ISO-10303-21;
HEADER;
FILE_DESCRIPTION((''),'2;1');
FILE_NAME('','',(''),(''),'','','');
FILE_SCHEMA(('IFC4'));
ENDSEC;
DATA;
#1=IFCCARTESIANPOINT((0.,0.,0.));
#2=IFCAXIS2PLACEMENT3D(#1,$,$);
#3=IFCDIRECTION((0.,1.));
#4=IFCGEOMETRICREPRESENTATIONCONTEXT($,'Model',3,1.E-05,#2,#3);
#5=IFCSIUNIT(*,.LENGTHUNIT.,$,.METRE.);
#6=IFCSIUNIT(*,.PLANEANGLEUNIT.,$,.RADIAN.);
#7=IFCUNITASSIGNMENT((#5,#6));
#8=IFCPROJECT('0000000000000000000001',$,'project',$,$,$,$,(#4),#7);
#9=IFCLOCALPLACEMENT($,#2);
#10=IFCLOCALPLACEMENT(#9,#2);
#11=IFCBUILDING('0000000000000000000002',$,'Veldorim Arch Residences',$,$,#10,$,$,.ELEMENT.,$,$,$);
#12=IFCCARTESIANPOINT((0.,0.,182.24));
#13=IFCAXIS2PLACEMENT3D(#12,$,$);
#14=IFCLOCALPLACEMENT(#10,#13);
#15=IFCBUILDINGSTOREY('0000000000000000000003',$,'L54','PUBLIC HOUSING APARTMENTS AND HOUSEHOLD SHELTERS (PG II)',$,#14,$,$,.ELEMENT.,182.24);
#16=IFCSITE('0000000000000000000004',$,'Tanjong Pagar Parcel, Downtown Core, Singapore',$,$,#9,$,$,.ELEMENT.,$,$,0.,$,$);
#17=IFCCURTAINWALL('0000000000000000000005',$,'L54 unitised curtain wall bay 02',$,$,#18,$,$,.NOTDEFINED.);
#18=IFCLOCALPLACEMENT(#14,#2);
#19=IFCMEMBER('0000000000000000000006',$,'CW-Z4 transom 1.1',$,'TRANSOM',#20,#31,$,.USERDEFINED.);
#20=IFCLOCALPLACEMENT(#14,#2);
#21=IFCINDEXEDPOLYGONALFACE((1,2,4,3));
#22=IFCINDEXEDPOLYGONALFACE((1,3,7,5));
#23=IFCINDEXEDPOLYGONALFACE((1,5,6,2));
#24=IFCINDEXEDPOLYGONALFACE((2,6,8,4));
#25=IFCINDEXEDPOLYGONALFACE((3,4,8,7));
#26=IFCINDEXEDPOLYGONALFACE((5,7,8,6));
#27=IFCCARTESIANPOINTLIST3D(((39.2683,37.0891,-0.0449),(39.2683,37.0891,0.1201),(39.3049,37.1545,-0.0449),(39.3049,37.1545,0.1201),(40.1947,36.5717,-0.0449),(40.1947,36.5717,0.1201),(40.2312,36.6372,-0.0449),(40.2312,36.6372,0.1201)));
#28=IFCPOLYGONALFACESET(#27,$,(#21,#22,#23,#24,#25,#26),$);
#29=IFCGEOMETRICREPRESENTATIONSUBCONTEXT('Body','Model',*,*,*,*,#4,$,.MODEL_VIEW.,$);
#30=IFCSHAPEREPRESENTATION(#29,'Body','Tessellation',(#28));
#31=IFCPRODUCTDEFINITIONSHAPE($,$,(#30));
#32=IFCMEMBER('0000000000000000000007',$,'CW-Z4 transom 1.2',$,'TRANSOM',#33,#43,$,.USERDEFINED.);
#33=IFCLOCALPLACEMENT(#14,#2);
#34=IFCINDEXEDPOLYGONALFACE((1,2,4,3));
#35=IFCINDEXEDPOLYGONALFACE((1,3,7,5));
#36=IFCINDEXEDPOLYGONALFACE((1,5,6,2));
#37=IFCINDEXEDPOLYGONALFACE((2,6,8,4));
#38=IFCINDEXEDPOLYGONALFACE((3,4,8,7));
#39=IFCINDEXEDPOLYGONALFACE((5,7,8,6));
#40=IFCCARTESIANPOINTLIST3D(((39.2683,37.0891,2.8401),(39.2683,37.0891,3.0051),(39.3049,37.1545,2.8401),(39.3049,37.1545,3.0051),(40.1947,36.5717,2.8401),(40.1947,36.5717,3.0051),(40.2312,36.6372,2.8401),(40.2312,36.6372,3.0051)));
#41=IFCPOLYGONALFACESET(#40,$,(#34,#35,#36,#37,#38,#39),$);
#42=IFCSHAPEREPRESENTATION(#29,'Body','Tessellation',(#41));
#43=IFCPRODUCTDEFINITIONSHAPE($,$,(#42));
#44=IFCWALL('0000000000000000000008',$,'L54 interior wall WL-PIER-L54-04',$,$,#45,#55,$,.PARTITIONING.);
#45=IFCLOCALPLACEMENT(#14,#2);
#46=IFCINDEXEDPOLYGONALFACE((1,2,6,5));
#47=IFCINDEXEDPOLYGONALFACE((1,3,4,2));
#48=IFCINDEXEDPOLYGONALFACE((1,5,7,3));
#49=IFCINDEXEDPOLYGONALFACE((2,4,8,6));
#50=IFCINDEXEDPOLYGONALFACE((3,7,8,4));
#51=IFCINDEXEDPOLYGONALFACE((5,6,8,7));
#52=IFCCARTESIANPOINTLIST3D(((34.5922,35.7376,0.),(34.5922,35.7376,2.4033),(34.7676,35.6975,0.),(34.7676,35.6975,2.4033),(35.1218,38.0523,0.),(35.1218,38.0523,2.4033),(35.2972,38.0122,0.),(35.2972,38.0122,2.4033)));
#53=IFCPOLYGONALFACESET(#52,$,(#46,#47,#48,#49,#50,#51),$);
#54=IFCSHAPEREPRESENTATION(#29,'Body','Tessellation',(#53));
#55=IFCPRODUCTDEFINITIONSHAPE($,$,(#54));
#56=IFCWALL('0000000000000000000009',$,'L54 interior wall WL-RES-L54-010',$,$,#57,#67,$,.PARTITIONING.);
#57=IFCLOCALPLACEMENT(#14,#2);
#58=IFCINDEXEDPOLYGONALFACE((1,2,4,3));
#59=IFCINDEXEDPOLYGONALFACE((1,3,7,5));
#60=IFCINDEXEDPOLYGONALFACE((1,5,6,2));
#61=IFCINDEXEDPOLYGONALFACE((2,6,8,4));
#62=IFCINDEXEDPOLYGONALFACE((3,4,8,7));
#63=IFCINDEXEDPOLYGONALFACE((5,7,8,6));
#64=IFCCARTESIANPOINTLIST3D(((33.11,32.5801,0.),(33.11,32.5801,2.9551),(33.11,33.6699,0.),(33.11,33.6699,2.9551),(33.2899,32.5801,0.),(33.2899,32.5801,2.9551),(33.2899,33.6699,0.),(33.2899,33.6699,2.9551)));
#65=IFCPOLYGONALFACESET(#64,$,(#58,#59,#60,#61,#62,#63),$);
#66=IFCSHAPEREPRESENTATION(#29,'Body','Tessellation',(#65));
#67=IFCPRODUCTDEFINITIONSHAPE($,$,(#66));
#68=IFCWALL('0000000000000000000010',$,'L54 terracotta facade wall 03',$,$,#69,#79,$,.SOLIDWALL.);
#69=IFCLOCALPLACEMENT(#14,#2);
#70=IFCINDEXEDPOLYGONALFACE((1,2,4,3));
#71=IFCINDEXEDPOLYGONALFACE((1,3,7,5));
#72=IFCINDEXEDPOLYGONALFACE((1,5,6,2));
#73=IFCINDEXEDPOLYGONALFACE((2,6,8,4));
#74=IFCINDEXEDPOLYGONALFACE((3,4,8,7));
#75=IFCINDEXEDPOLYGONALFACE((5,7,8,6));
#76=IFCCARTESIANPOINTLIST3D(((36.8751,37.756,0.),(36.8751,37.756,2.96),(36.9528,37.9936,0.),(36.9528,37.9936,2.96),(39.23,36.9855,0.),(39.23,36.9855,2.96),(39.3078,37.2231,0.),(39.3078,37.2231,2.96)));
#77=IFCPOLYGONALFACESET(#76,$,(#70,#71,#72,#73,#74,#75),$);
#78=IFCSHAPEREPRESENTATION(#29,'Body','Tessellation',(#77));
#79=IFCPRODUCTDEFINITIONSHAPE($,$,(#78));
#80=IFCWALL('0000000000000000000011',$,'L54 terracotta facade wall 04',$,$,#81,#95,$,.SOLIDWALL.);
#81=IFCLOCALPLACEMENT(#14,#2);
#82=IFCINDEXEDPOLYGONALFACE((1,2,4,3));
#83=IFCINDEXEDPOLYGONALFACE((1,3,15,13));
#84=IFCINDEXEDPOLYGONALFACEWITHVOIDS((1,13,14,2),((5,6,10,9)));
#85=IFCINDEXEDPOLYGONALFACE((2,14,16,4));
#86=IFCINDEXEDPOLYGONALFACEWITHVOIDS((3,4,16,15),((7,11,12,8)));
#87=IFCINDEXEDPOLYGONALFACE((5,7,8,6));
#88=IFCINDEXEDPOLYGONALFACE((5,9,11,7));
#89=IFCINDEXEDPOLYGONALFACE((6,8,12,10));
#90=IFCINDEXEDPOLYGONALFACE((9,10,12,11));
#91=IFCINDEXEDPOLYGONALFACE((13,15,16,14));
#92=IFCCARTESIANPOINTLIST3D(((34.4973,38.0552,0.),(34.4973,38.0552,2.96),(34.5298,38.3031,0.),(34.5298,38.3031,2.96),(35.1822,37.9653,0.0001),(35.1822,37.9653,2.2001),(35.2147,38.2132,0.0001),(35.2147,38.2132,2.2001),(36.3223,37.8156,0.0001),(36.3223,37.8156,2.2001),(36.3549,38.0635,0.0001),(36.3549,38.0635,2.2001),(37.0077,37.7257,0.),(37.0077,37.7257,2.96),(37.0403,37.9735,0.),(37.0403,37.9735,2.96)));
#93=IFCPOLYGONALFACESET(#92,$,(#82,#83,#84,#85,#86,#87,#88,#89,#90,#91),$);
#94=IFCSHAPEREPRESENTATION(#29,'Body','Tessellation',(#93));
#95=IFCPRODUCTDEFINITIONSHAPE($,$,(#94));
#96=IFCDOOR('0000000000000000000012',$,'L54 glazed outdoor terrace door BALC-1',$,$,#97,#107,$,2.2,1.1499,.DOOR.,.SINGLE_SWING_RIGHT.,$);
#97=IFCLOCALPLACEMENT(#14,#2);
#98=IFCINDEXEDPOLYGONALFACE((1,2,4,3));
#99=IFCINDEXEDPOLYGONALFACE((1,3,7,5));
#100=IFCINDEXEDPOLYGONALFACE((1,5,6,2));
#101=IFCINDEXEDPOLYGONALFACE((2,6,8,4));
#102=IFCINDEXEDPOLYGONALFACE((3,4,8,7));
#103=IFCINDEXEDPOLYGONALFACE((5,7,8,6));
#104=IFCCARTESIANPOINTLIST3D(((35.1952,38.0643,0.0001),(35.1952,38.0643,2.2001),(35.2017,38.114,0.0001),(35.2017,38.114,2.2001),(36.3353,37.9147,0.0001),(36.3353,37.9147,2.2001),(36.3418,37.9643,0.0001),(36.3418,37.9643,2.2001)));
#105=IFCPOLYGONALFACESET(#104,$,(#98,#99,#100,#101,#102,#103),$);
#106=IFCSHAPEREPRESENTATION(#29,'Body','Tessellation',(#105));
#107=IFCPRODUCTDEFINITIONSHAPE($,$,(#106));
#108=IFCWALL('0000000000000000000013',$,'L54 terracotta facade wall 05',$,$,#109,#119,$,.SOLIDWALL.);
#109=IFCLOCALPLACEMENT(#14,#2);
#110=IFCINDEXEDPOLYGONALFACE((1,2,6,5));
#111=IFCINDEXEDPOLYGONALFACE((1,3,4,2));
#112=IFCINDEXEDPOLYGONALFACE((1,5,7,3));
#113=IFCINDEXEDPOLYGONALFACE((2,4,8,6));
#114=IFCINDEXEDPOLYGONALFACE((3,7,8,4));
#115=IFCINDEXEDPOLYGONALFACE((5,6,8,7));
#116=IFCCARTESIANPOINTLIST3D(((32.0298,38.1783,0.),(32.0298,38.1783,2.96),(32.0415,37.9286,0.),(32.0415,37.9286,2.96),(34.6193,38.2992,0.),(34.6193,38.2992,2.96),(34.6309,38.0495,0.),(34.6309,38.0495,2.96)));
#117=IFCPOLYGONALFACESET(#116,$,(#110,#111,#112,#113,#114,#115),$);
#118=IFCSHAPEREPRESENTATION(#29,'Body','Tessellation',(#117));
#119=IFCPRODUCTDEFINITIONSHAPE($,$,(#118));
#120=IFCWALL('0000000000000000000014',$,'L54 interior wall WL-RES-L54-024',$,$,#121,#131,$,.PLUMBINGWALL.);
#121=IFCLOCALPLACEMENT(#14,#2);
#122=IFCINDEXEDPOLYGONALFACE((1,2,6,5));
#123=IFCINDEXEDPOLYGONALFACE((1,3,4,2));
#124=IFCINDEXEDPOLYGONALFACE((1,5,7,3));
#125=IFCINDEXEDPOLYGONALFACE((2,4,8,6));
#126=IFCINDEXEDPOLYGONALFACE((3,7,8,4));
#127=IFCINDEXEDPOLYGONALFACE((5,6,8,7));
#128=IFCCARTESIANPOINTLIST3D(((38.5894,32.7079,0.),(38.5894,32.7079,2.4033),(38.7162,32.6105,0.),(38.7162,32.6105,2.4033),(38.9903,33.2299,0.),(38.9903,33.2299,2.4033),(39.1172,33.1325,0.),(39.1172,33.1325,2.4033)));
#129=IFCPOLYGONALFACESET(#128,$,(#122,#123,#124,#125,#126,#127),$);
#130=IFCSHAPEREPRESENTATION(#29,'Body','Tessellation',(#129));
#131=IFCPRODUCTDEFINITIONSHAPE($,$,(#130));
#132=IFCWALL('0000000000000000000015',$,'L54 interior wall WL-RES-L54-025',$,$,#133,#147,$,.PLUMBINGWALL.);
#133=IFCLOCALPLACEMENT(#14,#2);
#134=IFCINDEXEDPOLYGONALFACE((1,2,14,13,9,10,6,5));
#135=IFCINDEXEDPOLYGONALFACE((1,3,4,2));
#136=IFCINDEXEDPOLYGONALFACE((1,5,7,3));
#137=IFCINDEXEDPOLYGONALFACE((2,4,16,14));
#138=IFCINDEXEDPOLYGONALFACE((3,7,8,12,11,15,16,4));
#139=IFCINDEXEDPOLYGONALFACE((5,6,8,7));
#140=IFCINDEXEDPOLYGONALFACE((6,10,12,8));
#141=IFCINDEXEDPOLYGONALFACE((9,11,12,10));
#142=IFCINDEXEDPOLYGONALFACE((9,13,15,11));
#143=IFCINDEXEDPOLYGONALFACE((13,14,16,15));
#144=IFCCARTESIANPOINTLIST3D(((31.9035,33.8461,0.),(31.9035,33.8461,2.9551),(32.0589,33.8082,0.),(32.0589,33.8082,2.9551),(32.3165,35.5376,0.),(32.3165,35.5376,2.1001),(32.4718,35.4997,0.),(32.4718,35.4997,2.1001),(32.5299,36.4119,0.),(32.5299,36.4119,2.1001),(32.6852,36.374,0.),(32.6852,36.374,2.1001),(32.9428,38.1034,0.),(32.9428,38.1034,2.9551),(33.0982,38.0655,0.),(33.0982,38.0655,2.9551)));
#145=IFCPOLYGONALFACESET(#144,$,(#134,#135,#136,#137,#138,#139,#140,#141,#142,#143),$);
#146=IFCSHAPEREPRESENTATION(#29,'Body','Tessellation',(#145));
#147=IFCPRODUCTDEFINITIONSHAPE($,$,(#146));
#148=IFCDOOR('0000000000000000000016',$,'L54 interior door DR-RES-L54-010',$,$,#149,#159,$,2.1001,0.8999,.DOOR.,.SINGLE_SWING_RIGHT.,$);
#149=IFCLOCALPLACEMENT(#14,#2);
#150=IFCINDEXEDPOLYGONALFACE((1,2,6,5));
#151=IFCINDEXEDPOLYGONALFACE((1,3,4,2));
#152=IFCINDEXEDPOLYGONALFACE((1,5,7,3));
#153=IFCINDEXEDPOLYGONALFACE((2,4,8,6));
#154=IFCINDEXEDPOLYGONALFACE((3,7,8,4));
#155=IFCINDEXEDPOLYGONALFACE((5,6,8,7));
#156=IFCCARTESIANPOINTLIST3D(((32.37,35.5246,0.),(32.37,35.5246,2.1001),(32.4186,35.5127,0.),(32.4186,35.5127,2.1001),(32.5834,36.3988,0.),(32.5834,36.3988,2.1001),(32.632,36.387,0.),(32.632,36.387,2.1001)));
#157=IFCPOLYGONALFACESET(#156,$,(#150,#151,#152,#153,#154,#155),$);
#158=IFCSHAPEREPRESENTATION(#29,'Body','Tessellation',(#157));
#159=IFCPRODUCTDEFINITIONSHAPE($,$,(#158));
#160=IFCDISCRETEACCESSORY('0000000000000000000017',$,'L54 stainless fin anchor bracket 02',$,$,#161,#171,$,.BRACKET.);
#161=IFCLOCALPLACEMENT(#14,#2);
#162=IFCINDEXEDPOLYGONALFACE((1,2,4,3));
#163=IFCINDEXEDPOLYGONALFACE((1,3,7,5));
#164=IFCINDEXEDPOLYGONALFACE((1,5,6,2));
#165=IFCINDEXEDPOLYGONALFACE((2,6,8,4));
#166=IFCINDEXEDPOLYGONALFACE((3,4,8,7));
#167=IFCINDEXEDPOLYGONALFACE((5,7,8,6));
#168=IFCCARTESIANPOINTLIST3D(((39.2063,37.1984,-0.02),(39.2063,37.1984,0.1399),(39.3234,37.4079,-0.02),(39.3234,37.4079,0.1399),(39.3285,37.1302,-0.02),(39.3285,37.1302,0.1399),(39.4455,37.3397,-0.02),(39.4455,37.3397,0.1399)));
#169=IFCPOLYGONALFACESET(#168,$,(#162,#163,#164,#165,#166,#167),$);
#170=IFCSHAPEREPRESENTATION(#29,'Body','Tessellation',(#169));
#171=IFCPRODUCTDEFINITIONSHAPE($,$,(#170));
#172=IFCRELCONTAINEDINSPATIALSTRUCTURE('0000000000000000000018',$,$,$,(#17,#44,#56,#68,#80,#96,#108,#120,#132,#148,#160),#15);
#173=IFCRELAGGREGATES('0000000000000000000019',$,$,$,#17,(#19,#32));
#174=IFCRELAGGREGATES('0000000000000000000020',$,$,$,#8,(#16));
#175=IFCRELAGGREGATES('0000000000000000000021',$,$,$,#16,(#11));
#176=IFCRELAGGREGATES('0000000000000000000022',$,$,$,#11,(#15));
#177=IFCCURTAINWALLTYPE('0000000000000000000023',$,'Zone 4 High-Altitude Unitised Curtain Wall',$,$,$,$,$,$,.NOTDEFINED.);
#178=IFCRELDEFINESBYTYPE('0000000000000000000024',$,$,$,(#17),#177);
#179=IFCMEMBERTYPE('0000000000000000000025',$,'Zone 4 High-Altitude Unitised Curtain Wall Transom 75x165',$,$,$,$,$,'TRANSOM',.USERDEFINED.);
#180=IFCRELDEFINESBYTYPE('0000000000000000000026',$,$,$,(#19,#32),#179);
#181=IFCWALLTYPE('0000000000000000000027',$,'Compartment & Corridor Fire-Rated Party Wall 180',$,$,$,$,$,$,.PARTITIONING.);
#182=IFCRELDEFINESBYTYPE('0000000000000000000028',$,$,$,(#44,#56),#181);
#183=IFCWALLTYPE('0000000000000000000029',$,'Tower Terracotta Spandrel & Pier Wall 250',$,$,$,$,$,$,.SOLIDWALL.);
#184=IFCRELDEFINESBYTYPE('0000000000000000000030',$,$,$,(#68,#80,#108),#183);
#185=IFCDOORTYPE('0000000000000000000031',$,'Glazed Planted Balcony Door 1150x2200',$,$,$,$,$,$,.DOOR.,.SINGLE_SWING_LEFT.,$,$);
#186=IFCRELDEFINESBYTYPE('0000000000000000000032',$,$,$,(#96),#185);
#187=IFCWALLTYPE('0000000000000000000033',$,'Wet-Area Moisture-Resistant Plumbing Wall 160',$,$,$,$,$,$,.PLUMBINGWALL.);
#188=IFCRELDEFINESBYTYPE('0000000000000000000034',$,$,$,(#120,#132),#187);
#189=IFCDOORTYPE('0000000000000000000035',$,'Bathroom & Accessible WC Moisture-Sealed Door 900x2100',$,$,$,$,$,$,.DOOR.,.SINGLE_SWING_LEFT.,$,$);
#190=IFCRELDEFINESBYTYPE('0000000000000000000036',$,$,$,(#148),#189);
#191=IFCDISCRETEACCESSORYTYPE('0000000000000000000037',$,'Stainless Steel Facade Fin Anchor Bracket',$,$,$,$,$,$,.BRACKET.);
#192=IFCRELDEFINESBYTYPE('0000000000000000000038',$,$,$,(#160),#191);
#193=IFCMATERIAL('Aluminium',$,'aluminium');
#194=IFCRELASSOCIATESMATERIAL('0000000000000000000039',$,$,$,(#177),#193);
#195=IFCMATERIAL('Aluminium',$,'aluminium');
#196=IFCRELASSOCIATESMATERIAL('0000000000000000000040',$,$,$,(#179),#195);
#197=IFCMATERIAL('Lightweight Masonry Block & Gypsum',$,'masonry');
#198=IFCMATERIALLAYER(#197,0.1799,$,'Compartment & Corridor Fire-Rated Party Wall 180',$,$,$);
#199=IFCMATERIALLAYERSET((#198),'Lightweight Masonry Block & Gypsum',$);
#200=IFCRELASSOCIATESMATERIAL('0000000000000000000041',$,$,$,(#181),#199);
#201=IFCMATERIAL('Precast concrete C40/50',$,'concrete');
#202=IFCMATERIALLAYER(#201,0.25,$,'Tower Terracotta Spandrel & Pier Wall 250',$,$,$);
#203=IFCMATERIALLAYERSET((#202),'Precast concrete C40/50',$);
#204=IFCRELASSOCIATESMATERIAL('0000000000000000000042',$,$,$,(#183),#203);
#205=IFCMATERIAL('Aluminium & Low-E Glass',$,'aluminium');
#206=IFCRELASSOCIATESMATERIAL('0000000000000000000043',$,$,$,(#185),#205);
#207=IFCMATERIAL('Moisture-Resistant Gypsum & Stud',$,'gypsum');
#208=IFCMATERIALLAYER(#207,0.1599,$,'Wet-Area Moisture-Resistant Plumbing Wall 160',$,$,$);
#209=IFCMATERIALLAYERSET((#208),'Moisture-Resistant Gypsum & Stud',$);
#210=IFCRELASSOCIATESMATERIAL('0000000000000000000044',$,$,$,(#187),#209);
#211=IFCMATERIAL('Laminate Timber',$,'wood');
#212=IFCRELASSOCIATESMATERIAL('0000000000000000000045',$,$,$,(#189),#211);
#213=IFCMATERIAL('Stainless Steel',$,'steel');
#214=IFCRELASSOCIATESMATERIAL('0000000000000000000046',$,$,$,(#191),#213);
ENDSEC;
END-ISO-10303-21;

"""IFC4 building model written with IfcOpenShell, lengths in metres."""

from ifc_helpers import new_model, si_unit, direction, frame, frame_2d, origin, origin_2d, place, context, subcontext, project, spatial, rectangle, extrude, material, layer, layer_set, material_profile, profile_set, type_object, element, fill, aggregate, save


model = new_model("IFC4")

# Units and contexts
model_context = context("Model", 3, precision=1e-05, world=origin(), true_north=direction((0.0, 1.0)))
body_context = subcontext(model_context, "Body", "Model", "MODEL_VIEW")
ifc_project = project(units=[si_unit("LENGTHUNIT", "METRE"), si_unit("PLANEANGLEUNIT", "RADIAN")], contexts=[model_context])

# Site, building, storey
site_placement = place(None, origin())
site = spatial("IfcSite", under=ifc_project, at=site_placement, Name="Tanjong Pagar Parcel, Downtown Core, Singapore", CompositionType="ELEMENT", RefElevation=0.0)
building_placement = place(site_placement, origin())
building = spatial("IfcBuilding", under=site, at=building_placement, Name="Veldorim Arch Residences", CompositionType="ELEMENT")
storey_placement = place(building_placement, frame((0.0, 0.0, 182.24)))
storey = spatial("IfcBuildingStorey", under=building, at=storey_placement, Name="L54", Description="PUBLIC HOUSING APARTMENTS AND HOUSEHOLD SHELTERS (PG II)", CompositionType="ELEMENT", Elevation=182.24)

# Curtain wall, members
ifc_material_1 = material(Name="Aluminium", Category="aluminium")
curtain_wall_type = type_object("IfcCurtainWallType", Name="Zone 4 High-Altitude Unitised Curtain Wall", PredefinedType="NOTDEFINED", material=ifc_material_1)
curtain_wall_placement = place(storey_placement, origin())
curtain_wall = element("IfcCurtainWall", 1, at=curtain_wall_placement, inside=storey, type_object=curtain_wall_type, Name="L54 unitised curtain wall bay 02", PredefinedType="NOTDEFINED")
ifc_material_2 = material(Name="Aluminium", Category="aluminium")
ifc_material_profile_1 = material_profile(ifc_material_2, rectangle(XDim=0.075, YDim=0.165, at=origin_2d()), Name="ALU_TRN_75x165")
ifc_profile_set_1 = profile_set([ifc_material_profile_1], Name="Aluminium")
member_type_1 = type_object("IfcMemberType", Name="Zone 4 High-Altitude Unitised Curtain Wall Transom 75x165", ElementType="TRANSOM", PredefinedType="USERDEFINED", material=ifc_profile_set_1)
member_1_placement = place(storey_placement, frame((39.2866, 37.1218, 0.0376), z_axis=(0.873059, -0.487615, 0.0), x_axis=(0.487615, 0.873059, 0.0)))
member_1 = element("IfcMember", 2, at=member_1_placement, type_object=member_type_1, Name="CW-Z4 transom 1.1", ObjectType="TRANSOM", PredefinedType="USERDEFINED", context=body_context, shape_type="SweptSolid", body=[
    extrude(rectangle(XDim=0.075, YDim=0.165, at=origin_2d()), origin(), (0.0, 0.0, 1.0), 1.061),
])
member_2_placement = place(storey_placement, frame((39.2866, 37.1218, 2.9226), z_axis=(0.873059, -0.487615, 0.0), x_axis=(0.487615, 0.873059, 0.0)))
member_2 = element("IfcMember", 3, at=member_2_placement, type_object=member_type_1, Name="CW-Z4 transom 1.2", ObjectType="TRANSOM", PredefinedType="USERDEFINED", context=body_context, shape_type="SweptSolid", body=[
    extrude(rectangle(XDim=0.075, YDim=0.165, at=origin_2d()), origin(), (0.0, 0.0, 1.0), 1.061),
])
aggregate(curtain_wall, [member_1, member_2])

# Wall
ifc_material_3 = material(Name="Lightweight Masonry Block & Gypsum", Category="masonry")
ifc_layer_1 = layer(ifc_material_3, 0.1799, Name="Compartment & Corridor Fire-Rated Party Wall 180")
ifc_layer_set_1 = layer_set([ifc_layer_1], Name="Lightweight Masonry Block & Gypsum")
wall_type_1 = type_object("IfcWallType", Name="Compartment & Corridor Fire-Rated Party Wall 180", PredefinedType="PARTITIONING", material=ifc_layer_set_1)
wall_1_placement = place(storey_placement, frame((34.6799, 35.7175, 0.0), z_axis=(0.0, 0.0, 1.0), x_axis=(0.223012, 0.974816, 0.0)))
element("IfcWall", 4, at=wall_1_placement, inside=storey, type_object=wall_type_1, Name="L54 interior wall WL-PIER-L54-04", PredefinedType="PARTITIONING", context=body_context, shape_type="SweptSolid", body=[
    extrude(rectangle(XDim=2.3745, YDim=0.1799, at=frame_2d((1.1873, 0.0))), origin(), (0.0, 0.0, 1.0), 2.4033),
])

# Walls
wall_2_placement = place(storey_placement, frame((33.2, 33.6699, 0.0), z_axis=(0.0, 0.0, 1.0), x_axis=(0.0, -1.0, 0.0)))
element("IfcWall", 5, at=wall_2_placement, inside=storey, type_object=wall_type_1, Name="L54 interior wall WL-RES-L54-010", PredefinedType="PARTITIONING", context=body_context, shape_type="SweptSolid", body=[
    extrude(rectangle(XDim=1.0898, YDim=0.1799, at=frame_2d((0.5449, 0.0))), origin(), (0.0, 0.0, 1.0), 2.9551),
])
ifc_material_4 = material(Name="Precast concrete C40/50", Category="concrete")
ifc_layer_2 = layer(ifc_material_4, 0.25, Name="Tower Terracotta Spandrel & Pier Wall 250")
ifc_layer_set_2 = layer_set([ifc_layer_2], Name="Precast concrete C40/50")
wall_type_2 = type_object("IfcWallType", Name="Tower Terracotta Spandrel & Pier Wall 250", PredefinedType="SOLIDWALL", material=ifc_layer_set_2)
wall_3_placement = place(storey_placement, frame((36.9141, 37.8748, 0.0), z_axis=(0.0, 0.0, 1.0), x_axis=(0.950423, -0.310961, 0.0)))
element("IfcWall", 6, at=wall_3_placement, inside=storey, type_object=wall_type_2, Name="L54 terracotta facade wall 03", PredefinedType="SOLIDWALL", context=body_context, shape_type="SweptSolid", body=[
    extrude(rectangle(XDim=2.4778, YDim=0.25, at=frame_2d((1.2388, 0.0))), origin(), (0.0, 0.0, 1.0), 2.96),
])

# Wall, opening, door
wall_4_placement = place(storey_placement, frame((34.5134, 38.1792, 0.0), z_axis=(0.0, 0.0, 1.0), x_axis=(0.991492, -0.130168, 0.0)))
wall_4 = element("IfcWall", 7, at=wall_4_placement, inside=storey, type_object=wall_type_2, Name="L54 terracotta facade wall 04", PredefinedType="SOLIDWALL", context=body_context, shape_type="SweptSolid", body=[
    extrude(rectangle(XDim=2.532, YDim=0.25, at=frame_2d((1.2661, 0.0))), origin(), (0.0, 0.0, 1.0), 2.96),
])
opening_1_placement = place(wall_4_placement, frame((0.6909, 0.0, 0.0)))
opening_1 = element("IfcOpeningElement", 8, at=opening_1_placement, cuts=wall_4, PredefinedType="OPENING", context=body_context, shape_type="SweptSolid", body=[
    extrude(rectangle(XDim=1.1499, YDim=2.2, at=frame_2d((0.575, 1.1001))), frame((0.0, 0.135, 0.0), z_axis=(0.0, -1.0, 0.0), x_axis=(1.0, 0.0, 0.0)), (0.0, 0.0, 1.0), 0.27),
])
ifc_material_5 = material(Name="Aluminium & Low-E Glass", Category="aluminium")
door_type_1 = type_object("IfcDoorType", Name="Glazed Planted Balcony Door 1150x2200", OperationType="SINGLE_SWING_LEFT", PredefinedType="DOOR", material=ifc_material_5)
door_1_placement = place(opening_1_placement, origin())
door_1 = element("IfcDoor", 9, at=door_1_placement, inside=storey, type_object=door_type_1, Name="L54 glazed outdoor terrace door BALC-1", OperationType="SINGLE_SWING_RIGHT", OverallHeight=2.2, OverallWidth=1.1499, PredefinedType="DOOR", context=body_context, shape_type="SweptSolid", body=[
    extrude(rectangle(XDim=1.1499, YDim=2.2, at=frame_2d((0.575, 1.1001))), frame((0.0, 0.0249, 0.0), z_axis=(0.0, -1.0, 0.0), x_axis=(1.0, 0.0, 0.0)), (0.0, 0.0, 1.0), 0.05),
])
fill(opening_1, door_1)

# Walls
wall_5_placement = place(storey_placement, frame((32.0356, 38.0535, 0.0), z_axis=(0.0, 0.0, 1.0), x_axis=(0.998913, 0.046621, 0.0)))
element("IfcWall", 10, at=wall_5_placement, inside=storey, type_object=wall_type_2, Name="L54 terracotta facade wall 05", PredefinedType="SOLIDWALL", context=body_context, shape_type="SweptSolid", body=[
    extrude(rectangle(XDim=2.5923, YDim=0.25, at=frame_2d((1.2961, 0.0))), origin(), (0.0, 0.0, 1.0), 2.96),
])
ifc_material_6 = material(Name="Moisture-Resistant Gypsum & Stud", Category="gypsum")
ifc_layer_3 = layer(ifc_material_6, 0.1599, Name="Wet-Area Moisture-Resistant Plumbing Wall 160")
ifc_layer_set_3 = layer_set([ifc_layer_3], Name="Moisture-Resistant Gypsum & Stud")
wall_type_3 = type_object("IfcWallType", Name="Wet-Area Moisture-Resistant Plumbing Wall 160", PredefinedType="PLUMBINGWALL", material=ifc_layer_set_3)
wall_6_placement = place(storey_placement, frame((38.6528, 32.6592, 0.0), z_axis=(0.0, 0.0, 1.0), x_axis=(0.609101, 0.793093, 0.0)))
element("IfcWall", 11, at=wall_6_placement, inside=storey, type_object=wall_type_3, Name="L54 interior wall WL-RES-L54-024", PredefinedType="PLUMBINGWALL", context=body_context, shape_type="SweptSolid", body=[
    extrude(rectangle(XDim=0.6582, YDim=0.1599, at=frame_2d((0.3291, 0.0))), origin(), (0.0, 0.0, 1.0), 2.4033),
])

# Wall, opening, door
wall_7_placement = place(storey_placement, frame((31.9812, 33.8271, 0.0), z_axis=(0.0, 0.0, 1.0), x_axis=(0.237158, 0.971471, 0.0)))
wall_7 = element("IfcWall", 12, at=wall_7_placement, inside=storey, type_object=wall_type_3, Name="L54 interior wall WL-RES-L54-025", PredefinedType="PLUMBINGWALL", context=body_context, shape_type="SweptSolid", body=[
    extrude(rectangle(XDim=4.3823, YDim=0.1599, at=frame_2d((2.1912, 0.0))), origin(), (0.0, 0.0, 1.0), 2.9551),
])
opening_2_placement = place(wall_7_placement, frame((1.7412, 0.0, 0.0)))
opening_2 = element("IfcOpeningElement", 13, at=opening_2_placement, cuts=wall_7, PredefinedType="OPENING", context=body_context, shape_type="SweptSolid", body=[
    extrude(rectangle(XDim=0.8999, YDim=2.1001, at=frame_2d((0.45, 1.05))), frame((0.0, 0.0898, 0.0), z_axis=(0.0, -1.0, 0.0), x_axis=(1.0, 0.0, 0.0)), (0.0, 0.0, 1.0), 0.1799),
])
ifc_material_7 = material(Name="Laminate Timber", Category="wood")
door_type_2 = type_object("IfcDoorType", Name="Bathroom & Accessible WC Moisture-Sealed Door 900x2100", OperationType="SINGLE_SWING_LEFT", PredefinedType="DOOR", material=ifc_material_7)
door_2_placement = place(opening_2_placement, origin())
door_2 = element("IfcDoor", 14, at=door_2_placement, inside=storey, type_object=door_type_2, Name="L54 interior door DR-RES-L54-010", OperationType="SINGLE_SWING_RIGHT", OverallHeight=2.1001, OverallWidth=0.8999, PredefinedType="DOOR", context=body_context, shape_type="SweptSolid", body=[
    extrude(rectangle(XDim=0.8999, YDim=2.1001, at=frame_2d((0.45, 1.05))), frame((0.0, 0.0249, 0.0), z_axis=(0.0, -1.0, 0.0), x_axis=(1.0, 0.0, 0.0)), (0.0, 0.0, 1.0), 0.05),
])
fill(opening_2, door_2)

# Discrete accessory
ifc_material_8 = material(Name="Stainless Steel", Category="steel")
discrete_accessory_type = type_object("IfcDiscreteAccessoryType", Name="Stainless Steel Facade Fin Anchor Bracket", PredefinedType="BRACKET", material=ifc_material_8)
discrete_accessory_placement = place(storey_placement, frame((39.3259, 37.269, -0.02), z_axis=(0.0, 0.0, 1.0), x_axis=(0.873007, -0.487707, 0.0)))
element("IfcDiscreteAccessory", 15, at=discrete_accessory_placement, inside=storey, type_object=discrete_accessory_type, Name="L54 stainless fin anchor bracket 02", PredefinedType="BRACKET", context=body_context, shape_type="SweptSolid", body=[
    extrude(rectangle(XDim=0.1399, YDim=0.24, at=origin_2d()), origin(), (0.0, 0.0, 1.0), 0.1599),
])

save(model, "model.ifc")
